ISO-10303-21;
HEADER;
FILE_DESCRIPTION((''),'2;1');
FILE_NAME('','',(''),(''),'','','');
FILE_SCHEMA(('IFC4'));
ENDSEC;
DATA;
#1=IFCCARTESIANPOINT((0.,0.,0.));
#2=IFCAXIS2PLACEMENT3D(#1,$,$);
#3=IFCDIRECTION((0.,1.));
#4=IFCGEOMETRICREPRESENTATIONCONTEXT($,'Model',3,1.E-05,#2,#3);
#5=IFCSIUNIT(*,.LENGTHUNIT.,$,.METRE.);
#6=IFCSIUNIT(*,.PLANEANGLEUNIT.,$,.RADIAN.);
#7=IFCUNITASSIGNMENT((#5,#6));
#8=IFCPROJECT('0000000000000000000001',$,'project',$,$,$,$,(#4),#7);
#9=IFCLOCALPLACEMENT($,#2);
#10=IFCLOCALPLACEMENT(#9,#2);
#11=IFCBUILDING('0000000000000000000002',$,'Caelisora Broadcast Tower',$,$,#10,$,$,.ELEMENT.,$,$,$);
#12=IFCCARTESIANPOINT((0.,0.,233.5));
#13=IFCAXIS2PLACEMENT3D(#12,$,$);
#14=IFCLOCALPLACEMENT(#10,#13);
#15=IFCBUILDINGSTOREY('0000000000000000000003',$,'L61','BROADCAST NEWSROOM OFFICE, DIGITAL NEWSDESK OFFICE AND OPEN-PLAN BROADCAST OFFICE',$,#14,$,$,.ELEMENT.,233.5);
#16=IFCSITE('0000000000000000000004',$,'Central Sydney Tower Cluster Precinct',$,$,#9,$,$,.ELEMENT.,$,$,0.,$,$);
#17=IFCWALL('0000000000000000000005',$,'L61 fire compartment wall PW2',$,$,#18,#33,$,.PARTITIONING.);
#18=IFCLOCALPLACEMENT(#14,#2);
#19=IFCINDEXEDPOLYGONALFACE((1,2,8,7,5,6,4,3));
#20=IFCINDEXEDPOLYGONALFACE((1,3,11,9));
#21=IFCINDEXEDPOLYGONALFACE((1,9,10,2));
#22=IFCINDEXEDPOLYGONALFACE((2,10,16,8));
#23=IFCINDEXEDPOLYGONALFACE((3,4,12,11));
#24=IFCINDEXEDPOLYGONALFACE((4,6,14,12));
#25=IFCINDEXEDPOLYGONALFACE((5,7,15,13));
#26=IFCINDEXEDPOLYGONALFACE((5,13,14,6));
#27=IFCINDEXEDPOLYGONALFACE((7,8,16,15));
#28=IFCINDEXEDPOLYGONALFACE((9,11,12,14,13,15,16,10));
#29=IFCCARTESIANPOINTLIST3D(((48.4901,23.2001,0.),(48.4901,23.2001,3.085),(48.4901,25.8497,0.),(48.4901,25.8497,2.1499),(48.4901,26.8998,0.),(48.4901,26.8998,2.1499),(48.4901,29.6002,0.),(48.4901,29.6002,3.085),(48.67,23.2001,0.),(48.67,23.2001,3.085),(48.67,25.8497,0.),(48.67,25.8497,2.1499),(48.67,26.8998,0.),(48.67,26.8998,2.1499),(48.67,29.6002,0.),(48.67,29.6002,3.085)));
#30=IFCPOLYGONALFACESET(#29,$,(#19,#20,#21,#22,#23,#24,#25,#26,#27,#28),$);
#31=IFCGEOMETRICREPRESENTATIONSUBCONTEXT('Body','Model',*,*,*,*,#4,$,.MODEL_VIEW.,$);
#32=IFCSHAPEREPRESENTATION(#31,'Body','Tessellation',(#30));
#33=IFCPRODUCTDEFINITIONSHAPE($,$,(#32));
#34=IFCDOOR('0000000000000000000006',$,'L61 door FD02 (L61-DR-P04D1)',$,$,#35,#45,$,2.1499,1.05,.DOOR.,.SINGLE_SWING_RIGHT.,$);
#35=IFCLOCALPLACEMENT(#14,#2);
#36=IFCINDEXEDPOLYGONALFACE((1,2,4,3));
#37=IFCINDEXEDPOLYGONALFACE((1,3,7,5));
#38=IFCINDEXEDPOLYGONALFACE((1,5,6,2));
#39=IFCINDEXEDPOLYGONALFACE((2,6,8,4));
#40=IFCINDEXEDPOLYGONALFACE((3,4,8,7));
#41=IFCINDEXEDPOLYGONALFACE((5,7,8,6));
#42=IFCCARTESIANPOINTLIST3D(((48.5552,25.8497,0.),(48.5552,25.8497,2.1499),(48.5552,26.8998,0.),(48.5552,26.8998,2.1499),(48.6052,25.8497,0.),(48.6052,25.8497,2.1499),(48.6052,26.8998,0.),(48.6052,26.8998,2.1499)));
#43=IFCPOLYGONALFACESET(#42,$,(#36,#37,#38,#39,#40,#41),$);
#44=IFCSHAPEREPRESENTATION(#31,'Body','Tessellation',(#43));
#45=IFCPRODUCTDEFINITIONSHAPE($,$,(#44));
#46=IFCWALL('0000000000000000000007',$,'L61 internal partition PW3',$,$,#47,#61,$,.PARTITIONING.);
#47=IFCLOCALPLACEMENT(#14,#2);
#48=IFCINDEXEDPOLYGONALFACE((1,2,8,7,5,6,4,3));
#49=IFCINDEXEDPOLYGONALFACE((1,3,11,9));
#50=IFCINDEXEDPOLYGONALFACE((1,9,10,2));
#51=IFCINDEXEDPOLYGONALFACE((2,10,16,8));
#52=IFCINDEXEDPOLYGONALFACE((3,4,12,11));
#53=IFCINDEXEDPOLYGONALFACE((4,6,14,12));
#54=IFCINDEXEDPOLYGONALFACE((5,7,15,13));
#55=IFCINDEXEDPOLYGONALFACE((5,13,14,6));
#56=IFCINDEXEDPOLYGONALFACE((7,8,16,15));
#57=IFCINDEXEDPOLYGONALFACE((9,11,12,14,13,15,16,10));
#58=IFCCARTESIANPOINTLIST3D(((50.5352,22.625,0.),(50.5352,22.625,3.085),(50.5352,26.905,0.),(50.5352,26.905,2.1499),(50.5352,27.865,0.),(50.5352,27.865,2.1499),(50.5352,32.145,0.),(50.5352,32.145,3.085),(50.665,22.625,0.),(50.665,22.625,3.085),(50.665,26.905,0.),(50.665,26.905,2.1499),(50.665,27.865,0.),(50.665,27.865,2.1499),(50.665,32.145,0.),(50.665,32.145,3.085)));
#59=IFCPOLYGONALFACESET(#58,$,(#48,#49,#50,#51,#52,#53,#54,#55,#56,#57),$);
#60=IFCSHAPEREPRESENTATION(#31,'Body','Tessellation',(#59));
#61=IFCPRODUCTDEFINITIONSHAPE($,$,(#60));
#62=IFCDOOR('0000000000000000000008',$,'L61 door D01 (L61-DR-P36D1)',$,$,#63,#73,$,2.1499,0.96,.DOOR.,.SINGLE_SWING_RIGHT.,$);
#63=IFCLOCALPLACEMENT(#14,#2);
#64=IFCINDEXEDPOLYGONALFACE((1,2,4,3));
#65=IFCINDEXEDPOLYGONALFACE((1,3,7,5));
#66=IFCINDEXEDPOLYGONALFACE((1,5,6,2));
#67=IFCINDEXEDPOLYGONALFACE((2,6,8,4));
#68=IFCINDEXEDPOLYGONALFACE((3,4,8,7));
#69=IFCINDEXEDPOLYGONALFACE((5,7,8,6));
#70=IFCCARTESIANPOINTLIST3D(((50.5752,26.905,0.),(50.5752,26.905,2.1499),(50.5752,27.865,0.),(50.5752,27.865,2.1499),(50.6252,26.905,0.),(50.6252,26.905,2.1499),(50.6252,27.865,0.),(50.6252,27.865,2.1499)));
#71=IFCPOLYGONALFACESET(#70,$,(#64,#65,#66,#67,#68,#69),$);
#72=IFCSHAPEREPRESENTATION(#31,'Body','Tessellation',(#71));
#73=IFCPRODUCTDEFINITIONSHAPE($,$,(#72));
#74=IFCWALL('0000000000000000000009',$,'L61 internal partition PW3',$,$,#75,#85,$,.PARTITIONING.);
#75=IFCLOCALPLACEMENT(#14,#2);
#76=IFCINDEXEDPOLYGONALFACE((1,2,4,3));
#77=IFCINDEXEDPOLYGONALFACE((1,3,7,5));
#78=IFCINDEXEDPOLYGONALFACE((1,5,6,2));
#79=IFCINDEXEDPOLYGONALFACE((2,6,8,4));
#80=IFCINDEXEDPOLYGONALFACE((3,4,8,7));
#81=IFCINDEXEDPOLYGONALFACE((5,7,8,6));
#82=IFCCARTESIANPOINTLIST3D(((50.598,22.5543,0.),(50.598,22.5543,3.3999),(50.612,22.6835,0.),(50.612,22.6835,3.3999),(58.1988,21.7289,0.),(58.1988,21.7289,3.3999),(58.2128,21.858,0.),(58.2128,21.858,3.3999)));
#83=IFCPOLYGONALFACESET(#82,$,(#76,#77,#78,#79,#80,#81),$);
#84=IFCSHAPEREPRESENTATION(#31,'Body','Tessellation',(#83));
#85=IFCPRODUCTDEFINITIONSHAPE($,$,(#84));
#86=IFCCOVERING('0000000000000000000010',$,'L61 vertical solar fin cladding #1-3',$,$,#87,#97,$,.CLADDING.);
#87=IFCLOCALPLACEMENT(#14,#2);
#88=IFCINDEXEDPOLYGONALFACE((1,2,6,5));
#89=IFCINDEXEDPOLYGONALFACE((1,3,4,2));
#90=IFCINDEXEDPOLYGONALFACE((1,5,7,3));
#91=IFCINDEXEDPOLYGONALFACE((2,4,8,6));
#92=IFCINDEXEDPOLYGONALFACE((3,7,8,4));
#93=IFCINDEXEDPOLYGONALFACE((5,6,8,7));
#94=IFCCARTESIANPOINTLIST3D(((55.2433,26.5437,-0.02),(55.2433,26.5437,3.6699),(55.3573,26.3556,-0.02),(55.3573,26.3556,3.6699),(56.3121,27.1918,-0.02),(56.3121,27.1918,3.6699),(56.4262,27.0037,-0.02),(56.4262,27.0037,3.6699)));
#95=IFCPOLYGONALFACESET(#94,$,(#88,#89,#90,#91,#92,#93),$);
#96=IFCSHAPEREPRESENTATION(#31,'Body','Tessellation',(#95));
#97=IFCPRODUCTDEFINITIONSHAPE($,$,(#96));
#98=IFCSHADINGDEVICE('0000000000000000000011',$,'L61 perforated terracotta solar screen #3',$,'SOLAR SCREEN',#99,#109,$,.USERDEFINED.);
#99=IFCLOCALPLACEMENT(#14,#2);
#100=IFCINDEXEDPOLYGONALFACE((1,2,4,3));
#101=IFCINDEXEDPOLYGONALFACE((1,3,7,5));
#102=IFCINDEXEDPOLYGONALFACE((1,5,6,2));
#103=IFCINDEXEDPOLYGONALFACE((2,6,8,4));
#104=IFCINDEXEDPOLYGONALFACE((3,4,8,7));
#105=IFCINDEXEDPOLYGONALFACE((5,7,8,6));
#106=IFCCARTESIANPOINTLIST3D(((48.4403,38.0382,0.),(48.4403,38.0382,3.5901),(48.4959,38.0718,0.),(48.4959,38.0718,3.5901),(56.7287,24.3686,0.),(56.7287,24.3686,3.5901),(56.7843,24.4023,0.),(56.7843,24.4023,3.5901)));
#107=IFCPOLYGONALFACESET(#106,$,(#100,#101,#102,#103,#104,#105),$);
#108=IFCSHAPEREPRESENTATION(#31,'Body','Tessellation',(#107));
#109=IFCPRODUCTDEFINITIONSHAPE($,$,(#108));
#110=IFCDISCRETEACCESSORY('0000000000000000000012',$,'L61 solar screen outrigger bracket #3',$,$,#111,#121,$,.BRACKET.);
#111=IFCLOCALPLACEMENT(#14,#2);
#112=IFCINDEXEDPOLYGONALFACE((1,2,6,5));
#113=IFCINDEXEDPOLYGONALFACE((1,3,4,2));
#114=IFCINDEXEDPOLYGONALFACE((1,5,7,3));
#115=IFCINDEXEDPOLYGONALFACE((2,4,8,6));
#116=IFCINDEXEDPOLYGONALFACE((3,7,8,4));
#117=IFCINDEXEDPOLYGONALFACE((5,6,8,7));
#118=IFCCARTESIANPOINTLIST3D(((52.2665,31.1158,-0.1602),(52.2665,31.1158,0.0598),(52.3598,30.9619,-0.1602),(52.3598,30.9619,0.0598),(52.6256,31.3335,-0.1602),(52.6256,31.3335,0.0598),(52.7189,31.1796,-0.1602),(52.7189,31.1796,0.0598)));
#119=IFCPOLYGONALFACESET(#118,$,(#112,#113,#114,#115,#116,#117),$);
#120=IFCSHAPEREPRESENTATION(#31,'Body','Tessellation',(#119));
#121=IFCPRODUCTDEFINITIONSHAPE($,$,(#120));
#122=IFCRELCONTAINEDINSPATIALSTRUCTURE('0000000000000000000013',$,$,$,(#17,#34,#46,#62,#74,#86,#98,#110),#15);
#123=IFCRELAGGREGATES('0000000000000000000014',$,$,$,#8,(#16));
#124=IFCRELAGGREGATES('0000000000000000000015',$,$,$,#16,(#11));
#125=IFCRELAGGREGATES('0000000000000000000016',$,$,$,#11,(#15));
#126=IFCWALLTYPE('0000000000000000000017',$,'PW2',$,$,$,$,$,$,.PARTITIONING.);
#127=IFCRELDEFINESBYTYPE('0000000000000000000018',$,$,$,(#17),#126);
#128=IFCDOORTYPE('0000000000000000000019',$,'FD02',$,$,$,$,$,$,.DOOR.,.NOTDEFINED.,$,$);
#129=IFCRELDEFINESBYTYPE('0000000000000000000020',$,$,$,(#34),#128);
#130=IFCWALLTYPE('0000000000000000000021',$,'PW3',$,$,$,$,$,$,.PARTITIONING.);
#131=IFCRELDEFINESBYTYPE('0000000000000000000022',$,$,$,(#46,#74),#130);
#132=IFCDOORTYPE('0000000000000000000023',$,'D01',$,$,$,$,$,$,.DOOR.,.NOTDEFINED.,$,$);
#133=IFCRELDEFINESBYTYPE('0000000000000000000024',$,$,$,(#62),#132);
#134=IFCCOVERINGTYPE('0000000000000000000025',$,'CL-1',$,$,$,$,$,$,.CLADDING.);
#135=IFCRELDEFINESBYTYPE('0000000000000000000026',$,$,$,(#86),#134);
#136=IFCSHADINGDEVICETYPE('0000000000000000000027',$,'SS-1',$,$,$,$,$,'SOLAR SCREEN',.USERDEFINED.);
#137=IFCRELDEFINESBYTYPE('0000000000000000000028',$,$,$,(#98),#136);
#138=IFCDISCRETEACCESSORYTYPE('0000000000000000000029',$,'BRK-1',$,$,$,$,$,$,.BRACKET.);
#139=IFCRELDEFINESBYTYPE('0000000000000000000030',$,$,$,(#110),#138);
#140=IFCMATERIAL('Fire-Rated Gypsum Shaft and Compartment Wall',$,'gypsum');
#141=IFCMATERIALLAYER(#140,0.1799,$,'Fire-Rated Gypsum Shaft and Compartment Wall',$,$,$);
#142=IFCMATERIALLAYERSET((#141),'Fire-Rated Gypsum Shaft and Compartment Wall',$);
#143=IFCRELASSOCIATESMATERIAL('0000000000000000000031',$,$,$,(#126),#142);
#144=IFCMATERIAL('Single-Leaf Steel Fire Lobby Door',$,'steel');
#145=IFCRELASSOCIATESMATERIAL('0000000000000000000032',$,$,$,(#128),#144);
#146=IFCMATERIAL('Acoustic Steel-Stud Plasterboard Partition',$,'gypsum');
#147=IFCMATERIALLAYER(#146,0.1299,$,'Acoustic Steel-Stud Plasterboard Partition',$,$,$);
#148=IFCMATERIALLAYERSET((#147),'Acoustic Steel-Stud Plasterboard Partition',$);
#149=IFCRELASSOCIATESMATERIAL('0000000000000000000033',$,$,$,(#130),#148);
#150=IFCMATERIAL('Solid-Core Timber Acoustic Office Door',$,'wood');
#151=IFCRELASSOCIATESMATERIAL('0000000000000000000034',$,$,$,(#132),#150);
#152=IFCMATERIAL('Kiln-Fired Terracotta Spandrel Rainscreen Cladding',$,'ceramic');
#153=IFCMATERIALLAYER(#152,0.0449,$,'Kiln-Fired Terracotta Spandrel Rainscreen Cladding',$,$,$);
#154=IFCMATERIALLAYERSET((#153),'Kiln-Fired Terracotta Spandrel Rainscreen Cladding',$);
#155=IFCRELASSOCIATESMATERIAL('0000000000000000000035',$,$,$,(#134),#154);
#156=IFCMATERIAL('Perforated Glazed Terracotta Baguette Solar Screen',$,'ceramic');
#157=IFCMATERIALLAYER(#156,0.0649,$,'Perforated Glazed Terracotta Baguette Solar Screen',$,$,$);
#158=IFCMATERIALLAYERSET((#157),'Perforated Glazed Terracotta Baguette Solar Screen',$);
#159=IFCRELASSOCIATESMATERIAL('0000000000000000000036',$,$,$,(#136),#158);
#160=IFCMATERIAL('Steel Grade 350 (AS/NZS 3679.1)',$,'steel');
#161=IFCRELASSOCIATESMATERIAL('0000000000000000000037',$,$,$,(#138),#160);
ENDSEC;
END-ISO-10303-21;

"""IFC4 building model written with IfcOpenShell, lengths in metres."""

from ifc_helpers import new_model, si_unit, direction, frame, frame_2d, origin, origin_2d, place, context, subcontext, project, spatial, rectangle, extrude, source, transform, mapped, material, layer, layer_set, type_object, type_shapes, element, fill, save


model = new_model("IFC4")

# Units and contexts
model_context = context("Model", 3, precision=1e-05, world=origin(), true_north=direction((0.0, 1.0)))
body_context = subcontext(model_context, "Body", "Model", "MODEL_VIEW")
ifc_project = project(units=[si_unit("LENGTHUNIT", "METRE"), si_unit("PLANEANGLEUNIT", "RADIAN")], contexts=[model_context])

# Site, building, storey
site_placement = place(None, origin())
site = spatial("IfcSite", under=ifc_project, at=site_placement, Name="Central Sydney Tower Cluster Precinct", CompositionType="ELEMENT", RefElevation=0.0)
building_placement = place(site_placement, origin())
building = spatial("IfcBuilding", under=site, at=building_placement, Name="Caelisora Broadcast Tower", CompositionType="ELEMENT")
storey_placement = place(building_placement, frame((0.0, 0.0, 233.5)))
storey = spatial("IfcBuildingStorey", under=building, at=storey_placement, Name="L61", Description="BROADCAST NEWSROOM OFFICE, DIGITAL NEWSDESK OFFICE AND OPEN-PLAN BROADCAST OFFICE", CompositionType="ELEMENT", Elevation=233.5)

# Shared definitions
ifc_material_1 = material(Name="Steel Grade 350 (AS/NZS 3679.1)", Category="steel")

# Walls, openings, doors
ifc_material_2 = material(Name="Fire-Rated Gypsum Shaft and Compartment Wall", Category="gypsum")
ifc_layer_1 = layer(ifc_material_2, 0.1799, Name="Fire-Rated Gypsum Shaft and Compartment Wall")
ifc_layer_set_1 = layer_set([ifc_layer_1], Name="Fire-Rated Gypsum Shaft and Compartment Wall")
wall_type_1 = type_object("IfcWallType", Name="PW2", PredefinedType="PARTITIONING", material=ifc_layer_set_1)
wall_1_placement = place(storey_placement, frame((48.5801, 23.2, 0.0), z_axis=(0.0, 0.0, 1.0), x_axis=(0.0, 1.0, 0.0)))
wall_1 = element("IfcWall", 1, at=wall_1_placement, inside=storey, type_object=wall_type_1, Name="L61 fire compartment wall PW2", PredefinedType="PARTITIONING", context=body_context, shape_type="SweptSolid", body=[
    extrude(rectangle(XDim=6.4001, YDim=0.1799, at=frame_2d((3.2002, 0.0))), origin(), (0.0, 0.0, 1.0), 3.085),
])
opening_1_placement = place(wall_1_placement, frame((2.6499, 0.0, 0.0)))
opening_1 = element("IfcOpeningElement", 2, at=opening_1_placement, cuts=wall_1, PredefinedType="OPENING", context=body_context, shape_type="SweptSolid", body=[
    extrude(rectangle(XDim=1.05, YDim=2.1499, at=frame_2d((0.5249, 1.075))), frame((0.0, 0.1021, 0.0), z_axis=(0.0, -1.0, 0.0), x_axis=(1.0, 0.0, 0.0)), (0.0, 0.0, 1.0), 0.2039),
])
ifc_material_3 = material(Name="Single-Leaf Steel Fire Lobby Door", Category="steel")
door_type_1 = type_object("IfcDoorType", Name="FD02", OperationType="NOTDEFINED", PredefinedType="DOOR", material=ifc_material_3)
door_1_placement = place(opening_1_placement, origin())
door_1 = element("IfcDoor", 3, at=door_1_placement, inside=storey, type_object=door_type_1, Name="L61 door FD02 (L61-DR-P04D1)", OperationType="SINGLE_SWING_RIGHT", OverallHeight=2.1499, OverallWidth=1.05, PredefinedType="DOOR", context=body_context, shape_type="SweptSolid", body=[
    extrude(rectangle(XDim=1.05, YDim=2.1499, at=frame_2d((0.5249, 1.075))), frame((0.0, 0.0249, 0.0), z_axis=(0.0, -1.0, 0.0), x_axis=(1.0, 0.0, 0.0)), (0.0, 0.0, 1.0), 0.05),
])
fill(opening_1, door_1)
ifc_material_4 = material(Name="Acoustic Steel-Stud Plasterboard Partition", Category="gypsum")
ifc_layer_2 = layer(ifc_material_4, 0.1299, Name="Acoustic Steel-Stud Plasterboard Partition")
ifc_layer_set_2 = layer_set([ifc_layer_2], Name="Acoustic Steel-Stud Plasterboard Partition")
wall_type_2 = type_object("IfcWallType", Name="PW3", PredefinedType="PARTITIONING", material=ifc_layer_set_2)
wall_2_placement = place(storey_placement, frame((50.6001, 22.625, 0.0), z_axis=(0.0, 0.0, 1.0), x_axis=(0.0, 1.0, 0.0)))
wall_2 = element("IfcWall", 4, at=wall_2_placement, inside=storey, type_object=wall_type_2, Name="L61 internal partition PW3", PredefinedType="PARTITIONING", context=body_context, shape_type="SweptSolid", body=[
    extrude(rectangle(XDim=9.52, YDim=0.1299, at=frame_2d((4.76, 0.0))), origin(), (0.0, 0.0, 1.0), 3.085),
])
opening_2_placement = place(wall_2_placement, frame((4.28, 0.0, 0.0)))
opening_2 = element("IfcOpeningElement", 5, at=opening_2_placement, cuts=wall_2, PredefinedType="OPENING", context=body_context, shape_type="SweptSolid", body=[
    extrude(rectangle(XDim=0.96, YDim=2.1499, at=frame_2d((0.48, 1.075))), frame((0.0, 0.0769, 0.0), z_axis=(0.0, -1.0, 0.0), x_axis=(1.0, 0.0, 0.0)), (0.0, 0.0, 1.0), 0.1538),
])
ifc_material_5 = material(Name="Solid-Core Timber Acoustic Office Door", Category="wood")
door_type_2 = type_object("IfcDoorType", Name="D01", OperationType="NOTDEFINED", PredefinedType="DOOR", material=ifc_material_5)
door_2_placement = place(opening_2_placement, origin())
door_2 = element("IfcDoor", 6, at=door_2_placement, inside=storey, type_object=door_type_2, Name="L61 door D01 (L61-DR-P36D1)", OperationType="SINGLE_SWING_RIGHT", OverallHeight=2.1499, OverallWidth=0.96, PredefinedType="DOOR", context=body_context, shape_type="SweptSolid", body=[
    extrude(rectangle(XDim=0.96, YDim=2.1499, at=frame_2d((0.48, 1.075))), frame((0.0, 0.0249, 0.0), z_axis=(0.0, -1.0, 0.0), x_axis=(1.0, 0.0, 0.0)), (0.0, 0.0, 1.0), 0.05),
])
fill(opening_2, door_2)

# Wall
wall_3_placement = place(storey_placement, frame((50.605, 22.6189, 0.0), z_axis=(0.0, 0.0, 1.0), x_axis=(0.994155, -0.107964, 0.0)))
element("IfcWall", 7, at=wall_3_placement, inside=storey, type_object=wall_type_2, Name="L61 internal partition PW3", PredefinedType="PARTITIONING", context=body_context, shape_type="SweptSolid", body=[
    extrude(rectangle(XDim=7.6455, YDim=0.1299, at=frame_2d((3.8228, 0.0))), origin(), (0.0, 0.0, 1.0), 3.3999),
])

# Covering
ifc_material_6 = material(Name="Kiln-Fired Terracotta Spandrel Rainscreen Cladding", Category="ceramic")
ifc_layer_3 = layer(ifc_material_6, 0.0449, Name="Kiln-Fired Terracotta Spandrel Rainscreen Cladding")
ifc_layer_set_3 = layer_set([ifc_layer_3], Name="Kiln-Fired Terracotta Spandrel Rainscreen Cladding")
covering_type = type_object("IfcCoveringType", Name="CL-1", PredefinedType="CLADDING", material=ifc_layer_set_3)
shared_shape_1 = source(origin(), body_context, "Body", "SweptSolid", [
    extrude(rectangle(XDim=0.22, YDim=1.25, at=origin_2d()), origin(), (0.0, 0.0, 1.0), 3.6899),
])
type_shapes(covering_type, [shared_shape_1])
covering_placement = place(storey_placement, frame((55.8347, 26.7737, -0.02), z_axis=(0.0, 0.0, 1.0), x_axis=(0.518475, -0.855093, 0.0)))
element("IfcCovering", 8, at=covering_placement, inside=storey, type_object=covering_type, Name="L61 vertical solar fin cladding #1-3", PredefinedType="CLADDING", context=body_context, shape_type="MappedRepresentation", body=[
    mapped(shared_shape_1, transform((0.0, 0.0, 0.0), scale=1.0)),
])

# Shading device
ifc_material_7 = material(Name="Perforated Glazed Terracotta Baguette Solar Screen", Category="ceramic")
ifc_layer_4 = layer(ifc_material_7, 0.0649, Name="Perforated Glazed Terracotta Baguette Solar Screen")
ifc_layer_set_4 = layer_set([ifc_layer_4], Name="Perforated Glazed Terracotta Baguette Solar Screen")
shading_device_type = type_object("IfcShadingDeviceType", Name="SS-1", ElementType="SOLAR SCREEN", PredefinedType="USERDEFINED", material=ifc_layer_set_4)
shared_shape_2 = source(origin(), body_context, "Body", "SweptSolid", [
    extrude(rectangle(XDim=15.9861, YDim=0.0649, at=origin_2d()), origin(), (0.0, 0.0, 1.0), 3.5901),
])
type_shapes(shading_device_type, [shared_shape_2])
shading_device_placement = place(storey_placement, frame((52.6123, 31.2202, 0.0), z_axis=(0.0, 0.0, 1.0), x_axis=(-0.518475, 0.855093, 0.0)))
element("IfcShadingDevice", 9, at=shading_device_placement, inside=storey, type_object=shading_device_type, Name="L61 perforated terracotta solar screen #3", ObjectType="SOLAR SCREEN", PredefinedType="USERDEFINED", context=body_context, shape_type="MappedRepresentation", body=[
    mapped(shared_shape_2, transform((0.0, 0.0, 0.0), scale=1.0)),
])

# Discrete accessory
discrete_accessory_type = type_object("IfcDiscreteAccessoryType", Name="BRK-1", PredefinedType="BRACKET", material=ifc_material_1)
shared_shape_3 = source(origin(), body_context, "Body", "SweptSolid", [
    extrude(rectangle(XDim=0.1799, YDim=0.4199, at=origin_2d()), origin(), (0.0, 0.0, 1.0), 0.22),
])
type_shapes(discrete_accessory_type, [shared_shape_3])
discrete_accessory_placement = place(storey_placement, frame((52.4927, 31.1477, -0.1602), z_axis=(0.0, 0.0, 1.0), x_axis=(-0.518475, 0.855093, 0.0)))
element("IfcDiscreteAccessory", 10, at=discrete_accessory_placement, inside=storey, type_object=discrete_accessory_type, Name="L61 solar screen outrigger bracket #3", PredefinedType="BRACKET", context=body_context, shape_type="MappedRepresentation", body=[
    mapped(shared_shape_3, transform((0.0, 0.0, 0.0), scale=1.0)),
])

save(model, "model.ifc")
